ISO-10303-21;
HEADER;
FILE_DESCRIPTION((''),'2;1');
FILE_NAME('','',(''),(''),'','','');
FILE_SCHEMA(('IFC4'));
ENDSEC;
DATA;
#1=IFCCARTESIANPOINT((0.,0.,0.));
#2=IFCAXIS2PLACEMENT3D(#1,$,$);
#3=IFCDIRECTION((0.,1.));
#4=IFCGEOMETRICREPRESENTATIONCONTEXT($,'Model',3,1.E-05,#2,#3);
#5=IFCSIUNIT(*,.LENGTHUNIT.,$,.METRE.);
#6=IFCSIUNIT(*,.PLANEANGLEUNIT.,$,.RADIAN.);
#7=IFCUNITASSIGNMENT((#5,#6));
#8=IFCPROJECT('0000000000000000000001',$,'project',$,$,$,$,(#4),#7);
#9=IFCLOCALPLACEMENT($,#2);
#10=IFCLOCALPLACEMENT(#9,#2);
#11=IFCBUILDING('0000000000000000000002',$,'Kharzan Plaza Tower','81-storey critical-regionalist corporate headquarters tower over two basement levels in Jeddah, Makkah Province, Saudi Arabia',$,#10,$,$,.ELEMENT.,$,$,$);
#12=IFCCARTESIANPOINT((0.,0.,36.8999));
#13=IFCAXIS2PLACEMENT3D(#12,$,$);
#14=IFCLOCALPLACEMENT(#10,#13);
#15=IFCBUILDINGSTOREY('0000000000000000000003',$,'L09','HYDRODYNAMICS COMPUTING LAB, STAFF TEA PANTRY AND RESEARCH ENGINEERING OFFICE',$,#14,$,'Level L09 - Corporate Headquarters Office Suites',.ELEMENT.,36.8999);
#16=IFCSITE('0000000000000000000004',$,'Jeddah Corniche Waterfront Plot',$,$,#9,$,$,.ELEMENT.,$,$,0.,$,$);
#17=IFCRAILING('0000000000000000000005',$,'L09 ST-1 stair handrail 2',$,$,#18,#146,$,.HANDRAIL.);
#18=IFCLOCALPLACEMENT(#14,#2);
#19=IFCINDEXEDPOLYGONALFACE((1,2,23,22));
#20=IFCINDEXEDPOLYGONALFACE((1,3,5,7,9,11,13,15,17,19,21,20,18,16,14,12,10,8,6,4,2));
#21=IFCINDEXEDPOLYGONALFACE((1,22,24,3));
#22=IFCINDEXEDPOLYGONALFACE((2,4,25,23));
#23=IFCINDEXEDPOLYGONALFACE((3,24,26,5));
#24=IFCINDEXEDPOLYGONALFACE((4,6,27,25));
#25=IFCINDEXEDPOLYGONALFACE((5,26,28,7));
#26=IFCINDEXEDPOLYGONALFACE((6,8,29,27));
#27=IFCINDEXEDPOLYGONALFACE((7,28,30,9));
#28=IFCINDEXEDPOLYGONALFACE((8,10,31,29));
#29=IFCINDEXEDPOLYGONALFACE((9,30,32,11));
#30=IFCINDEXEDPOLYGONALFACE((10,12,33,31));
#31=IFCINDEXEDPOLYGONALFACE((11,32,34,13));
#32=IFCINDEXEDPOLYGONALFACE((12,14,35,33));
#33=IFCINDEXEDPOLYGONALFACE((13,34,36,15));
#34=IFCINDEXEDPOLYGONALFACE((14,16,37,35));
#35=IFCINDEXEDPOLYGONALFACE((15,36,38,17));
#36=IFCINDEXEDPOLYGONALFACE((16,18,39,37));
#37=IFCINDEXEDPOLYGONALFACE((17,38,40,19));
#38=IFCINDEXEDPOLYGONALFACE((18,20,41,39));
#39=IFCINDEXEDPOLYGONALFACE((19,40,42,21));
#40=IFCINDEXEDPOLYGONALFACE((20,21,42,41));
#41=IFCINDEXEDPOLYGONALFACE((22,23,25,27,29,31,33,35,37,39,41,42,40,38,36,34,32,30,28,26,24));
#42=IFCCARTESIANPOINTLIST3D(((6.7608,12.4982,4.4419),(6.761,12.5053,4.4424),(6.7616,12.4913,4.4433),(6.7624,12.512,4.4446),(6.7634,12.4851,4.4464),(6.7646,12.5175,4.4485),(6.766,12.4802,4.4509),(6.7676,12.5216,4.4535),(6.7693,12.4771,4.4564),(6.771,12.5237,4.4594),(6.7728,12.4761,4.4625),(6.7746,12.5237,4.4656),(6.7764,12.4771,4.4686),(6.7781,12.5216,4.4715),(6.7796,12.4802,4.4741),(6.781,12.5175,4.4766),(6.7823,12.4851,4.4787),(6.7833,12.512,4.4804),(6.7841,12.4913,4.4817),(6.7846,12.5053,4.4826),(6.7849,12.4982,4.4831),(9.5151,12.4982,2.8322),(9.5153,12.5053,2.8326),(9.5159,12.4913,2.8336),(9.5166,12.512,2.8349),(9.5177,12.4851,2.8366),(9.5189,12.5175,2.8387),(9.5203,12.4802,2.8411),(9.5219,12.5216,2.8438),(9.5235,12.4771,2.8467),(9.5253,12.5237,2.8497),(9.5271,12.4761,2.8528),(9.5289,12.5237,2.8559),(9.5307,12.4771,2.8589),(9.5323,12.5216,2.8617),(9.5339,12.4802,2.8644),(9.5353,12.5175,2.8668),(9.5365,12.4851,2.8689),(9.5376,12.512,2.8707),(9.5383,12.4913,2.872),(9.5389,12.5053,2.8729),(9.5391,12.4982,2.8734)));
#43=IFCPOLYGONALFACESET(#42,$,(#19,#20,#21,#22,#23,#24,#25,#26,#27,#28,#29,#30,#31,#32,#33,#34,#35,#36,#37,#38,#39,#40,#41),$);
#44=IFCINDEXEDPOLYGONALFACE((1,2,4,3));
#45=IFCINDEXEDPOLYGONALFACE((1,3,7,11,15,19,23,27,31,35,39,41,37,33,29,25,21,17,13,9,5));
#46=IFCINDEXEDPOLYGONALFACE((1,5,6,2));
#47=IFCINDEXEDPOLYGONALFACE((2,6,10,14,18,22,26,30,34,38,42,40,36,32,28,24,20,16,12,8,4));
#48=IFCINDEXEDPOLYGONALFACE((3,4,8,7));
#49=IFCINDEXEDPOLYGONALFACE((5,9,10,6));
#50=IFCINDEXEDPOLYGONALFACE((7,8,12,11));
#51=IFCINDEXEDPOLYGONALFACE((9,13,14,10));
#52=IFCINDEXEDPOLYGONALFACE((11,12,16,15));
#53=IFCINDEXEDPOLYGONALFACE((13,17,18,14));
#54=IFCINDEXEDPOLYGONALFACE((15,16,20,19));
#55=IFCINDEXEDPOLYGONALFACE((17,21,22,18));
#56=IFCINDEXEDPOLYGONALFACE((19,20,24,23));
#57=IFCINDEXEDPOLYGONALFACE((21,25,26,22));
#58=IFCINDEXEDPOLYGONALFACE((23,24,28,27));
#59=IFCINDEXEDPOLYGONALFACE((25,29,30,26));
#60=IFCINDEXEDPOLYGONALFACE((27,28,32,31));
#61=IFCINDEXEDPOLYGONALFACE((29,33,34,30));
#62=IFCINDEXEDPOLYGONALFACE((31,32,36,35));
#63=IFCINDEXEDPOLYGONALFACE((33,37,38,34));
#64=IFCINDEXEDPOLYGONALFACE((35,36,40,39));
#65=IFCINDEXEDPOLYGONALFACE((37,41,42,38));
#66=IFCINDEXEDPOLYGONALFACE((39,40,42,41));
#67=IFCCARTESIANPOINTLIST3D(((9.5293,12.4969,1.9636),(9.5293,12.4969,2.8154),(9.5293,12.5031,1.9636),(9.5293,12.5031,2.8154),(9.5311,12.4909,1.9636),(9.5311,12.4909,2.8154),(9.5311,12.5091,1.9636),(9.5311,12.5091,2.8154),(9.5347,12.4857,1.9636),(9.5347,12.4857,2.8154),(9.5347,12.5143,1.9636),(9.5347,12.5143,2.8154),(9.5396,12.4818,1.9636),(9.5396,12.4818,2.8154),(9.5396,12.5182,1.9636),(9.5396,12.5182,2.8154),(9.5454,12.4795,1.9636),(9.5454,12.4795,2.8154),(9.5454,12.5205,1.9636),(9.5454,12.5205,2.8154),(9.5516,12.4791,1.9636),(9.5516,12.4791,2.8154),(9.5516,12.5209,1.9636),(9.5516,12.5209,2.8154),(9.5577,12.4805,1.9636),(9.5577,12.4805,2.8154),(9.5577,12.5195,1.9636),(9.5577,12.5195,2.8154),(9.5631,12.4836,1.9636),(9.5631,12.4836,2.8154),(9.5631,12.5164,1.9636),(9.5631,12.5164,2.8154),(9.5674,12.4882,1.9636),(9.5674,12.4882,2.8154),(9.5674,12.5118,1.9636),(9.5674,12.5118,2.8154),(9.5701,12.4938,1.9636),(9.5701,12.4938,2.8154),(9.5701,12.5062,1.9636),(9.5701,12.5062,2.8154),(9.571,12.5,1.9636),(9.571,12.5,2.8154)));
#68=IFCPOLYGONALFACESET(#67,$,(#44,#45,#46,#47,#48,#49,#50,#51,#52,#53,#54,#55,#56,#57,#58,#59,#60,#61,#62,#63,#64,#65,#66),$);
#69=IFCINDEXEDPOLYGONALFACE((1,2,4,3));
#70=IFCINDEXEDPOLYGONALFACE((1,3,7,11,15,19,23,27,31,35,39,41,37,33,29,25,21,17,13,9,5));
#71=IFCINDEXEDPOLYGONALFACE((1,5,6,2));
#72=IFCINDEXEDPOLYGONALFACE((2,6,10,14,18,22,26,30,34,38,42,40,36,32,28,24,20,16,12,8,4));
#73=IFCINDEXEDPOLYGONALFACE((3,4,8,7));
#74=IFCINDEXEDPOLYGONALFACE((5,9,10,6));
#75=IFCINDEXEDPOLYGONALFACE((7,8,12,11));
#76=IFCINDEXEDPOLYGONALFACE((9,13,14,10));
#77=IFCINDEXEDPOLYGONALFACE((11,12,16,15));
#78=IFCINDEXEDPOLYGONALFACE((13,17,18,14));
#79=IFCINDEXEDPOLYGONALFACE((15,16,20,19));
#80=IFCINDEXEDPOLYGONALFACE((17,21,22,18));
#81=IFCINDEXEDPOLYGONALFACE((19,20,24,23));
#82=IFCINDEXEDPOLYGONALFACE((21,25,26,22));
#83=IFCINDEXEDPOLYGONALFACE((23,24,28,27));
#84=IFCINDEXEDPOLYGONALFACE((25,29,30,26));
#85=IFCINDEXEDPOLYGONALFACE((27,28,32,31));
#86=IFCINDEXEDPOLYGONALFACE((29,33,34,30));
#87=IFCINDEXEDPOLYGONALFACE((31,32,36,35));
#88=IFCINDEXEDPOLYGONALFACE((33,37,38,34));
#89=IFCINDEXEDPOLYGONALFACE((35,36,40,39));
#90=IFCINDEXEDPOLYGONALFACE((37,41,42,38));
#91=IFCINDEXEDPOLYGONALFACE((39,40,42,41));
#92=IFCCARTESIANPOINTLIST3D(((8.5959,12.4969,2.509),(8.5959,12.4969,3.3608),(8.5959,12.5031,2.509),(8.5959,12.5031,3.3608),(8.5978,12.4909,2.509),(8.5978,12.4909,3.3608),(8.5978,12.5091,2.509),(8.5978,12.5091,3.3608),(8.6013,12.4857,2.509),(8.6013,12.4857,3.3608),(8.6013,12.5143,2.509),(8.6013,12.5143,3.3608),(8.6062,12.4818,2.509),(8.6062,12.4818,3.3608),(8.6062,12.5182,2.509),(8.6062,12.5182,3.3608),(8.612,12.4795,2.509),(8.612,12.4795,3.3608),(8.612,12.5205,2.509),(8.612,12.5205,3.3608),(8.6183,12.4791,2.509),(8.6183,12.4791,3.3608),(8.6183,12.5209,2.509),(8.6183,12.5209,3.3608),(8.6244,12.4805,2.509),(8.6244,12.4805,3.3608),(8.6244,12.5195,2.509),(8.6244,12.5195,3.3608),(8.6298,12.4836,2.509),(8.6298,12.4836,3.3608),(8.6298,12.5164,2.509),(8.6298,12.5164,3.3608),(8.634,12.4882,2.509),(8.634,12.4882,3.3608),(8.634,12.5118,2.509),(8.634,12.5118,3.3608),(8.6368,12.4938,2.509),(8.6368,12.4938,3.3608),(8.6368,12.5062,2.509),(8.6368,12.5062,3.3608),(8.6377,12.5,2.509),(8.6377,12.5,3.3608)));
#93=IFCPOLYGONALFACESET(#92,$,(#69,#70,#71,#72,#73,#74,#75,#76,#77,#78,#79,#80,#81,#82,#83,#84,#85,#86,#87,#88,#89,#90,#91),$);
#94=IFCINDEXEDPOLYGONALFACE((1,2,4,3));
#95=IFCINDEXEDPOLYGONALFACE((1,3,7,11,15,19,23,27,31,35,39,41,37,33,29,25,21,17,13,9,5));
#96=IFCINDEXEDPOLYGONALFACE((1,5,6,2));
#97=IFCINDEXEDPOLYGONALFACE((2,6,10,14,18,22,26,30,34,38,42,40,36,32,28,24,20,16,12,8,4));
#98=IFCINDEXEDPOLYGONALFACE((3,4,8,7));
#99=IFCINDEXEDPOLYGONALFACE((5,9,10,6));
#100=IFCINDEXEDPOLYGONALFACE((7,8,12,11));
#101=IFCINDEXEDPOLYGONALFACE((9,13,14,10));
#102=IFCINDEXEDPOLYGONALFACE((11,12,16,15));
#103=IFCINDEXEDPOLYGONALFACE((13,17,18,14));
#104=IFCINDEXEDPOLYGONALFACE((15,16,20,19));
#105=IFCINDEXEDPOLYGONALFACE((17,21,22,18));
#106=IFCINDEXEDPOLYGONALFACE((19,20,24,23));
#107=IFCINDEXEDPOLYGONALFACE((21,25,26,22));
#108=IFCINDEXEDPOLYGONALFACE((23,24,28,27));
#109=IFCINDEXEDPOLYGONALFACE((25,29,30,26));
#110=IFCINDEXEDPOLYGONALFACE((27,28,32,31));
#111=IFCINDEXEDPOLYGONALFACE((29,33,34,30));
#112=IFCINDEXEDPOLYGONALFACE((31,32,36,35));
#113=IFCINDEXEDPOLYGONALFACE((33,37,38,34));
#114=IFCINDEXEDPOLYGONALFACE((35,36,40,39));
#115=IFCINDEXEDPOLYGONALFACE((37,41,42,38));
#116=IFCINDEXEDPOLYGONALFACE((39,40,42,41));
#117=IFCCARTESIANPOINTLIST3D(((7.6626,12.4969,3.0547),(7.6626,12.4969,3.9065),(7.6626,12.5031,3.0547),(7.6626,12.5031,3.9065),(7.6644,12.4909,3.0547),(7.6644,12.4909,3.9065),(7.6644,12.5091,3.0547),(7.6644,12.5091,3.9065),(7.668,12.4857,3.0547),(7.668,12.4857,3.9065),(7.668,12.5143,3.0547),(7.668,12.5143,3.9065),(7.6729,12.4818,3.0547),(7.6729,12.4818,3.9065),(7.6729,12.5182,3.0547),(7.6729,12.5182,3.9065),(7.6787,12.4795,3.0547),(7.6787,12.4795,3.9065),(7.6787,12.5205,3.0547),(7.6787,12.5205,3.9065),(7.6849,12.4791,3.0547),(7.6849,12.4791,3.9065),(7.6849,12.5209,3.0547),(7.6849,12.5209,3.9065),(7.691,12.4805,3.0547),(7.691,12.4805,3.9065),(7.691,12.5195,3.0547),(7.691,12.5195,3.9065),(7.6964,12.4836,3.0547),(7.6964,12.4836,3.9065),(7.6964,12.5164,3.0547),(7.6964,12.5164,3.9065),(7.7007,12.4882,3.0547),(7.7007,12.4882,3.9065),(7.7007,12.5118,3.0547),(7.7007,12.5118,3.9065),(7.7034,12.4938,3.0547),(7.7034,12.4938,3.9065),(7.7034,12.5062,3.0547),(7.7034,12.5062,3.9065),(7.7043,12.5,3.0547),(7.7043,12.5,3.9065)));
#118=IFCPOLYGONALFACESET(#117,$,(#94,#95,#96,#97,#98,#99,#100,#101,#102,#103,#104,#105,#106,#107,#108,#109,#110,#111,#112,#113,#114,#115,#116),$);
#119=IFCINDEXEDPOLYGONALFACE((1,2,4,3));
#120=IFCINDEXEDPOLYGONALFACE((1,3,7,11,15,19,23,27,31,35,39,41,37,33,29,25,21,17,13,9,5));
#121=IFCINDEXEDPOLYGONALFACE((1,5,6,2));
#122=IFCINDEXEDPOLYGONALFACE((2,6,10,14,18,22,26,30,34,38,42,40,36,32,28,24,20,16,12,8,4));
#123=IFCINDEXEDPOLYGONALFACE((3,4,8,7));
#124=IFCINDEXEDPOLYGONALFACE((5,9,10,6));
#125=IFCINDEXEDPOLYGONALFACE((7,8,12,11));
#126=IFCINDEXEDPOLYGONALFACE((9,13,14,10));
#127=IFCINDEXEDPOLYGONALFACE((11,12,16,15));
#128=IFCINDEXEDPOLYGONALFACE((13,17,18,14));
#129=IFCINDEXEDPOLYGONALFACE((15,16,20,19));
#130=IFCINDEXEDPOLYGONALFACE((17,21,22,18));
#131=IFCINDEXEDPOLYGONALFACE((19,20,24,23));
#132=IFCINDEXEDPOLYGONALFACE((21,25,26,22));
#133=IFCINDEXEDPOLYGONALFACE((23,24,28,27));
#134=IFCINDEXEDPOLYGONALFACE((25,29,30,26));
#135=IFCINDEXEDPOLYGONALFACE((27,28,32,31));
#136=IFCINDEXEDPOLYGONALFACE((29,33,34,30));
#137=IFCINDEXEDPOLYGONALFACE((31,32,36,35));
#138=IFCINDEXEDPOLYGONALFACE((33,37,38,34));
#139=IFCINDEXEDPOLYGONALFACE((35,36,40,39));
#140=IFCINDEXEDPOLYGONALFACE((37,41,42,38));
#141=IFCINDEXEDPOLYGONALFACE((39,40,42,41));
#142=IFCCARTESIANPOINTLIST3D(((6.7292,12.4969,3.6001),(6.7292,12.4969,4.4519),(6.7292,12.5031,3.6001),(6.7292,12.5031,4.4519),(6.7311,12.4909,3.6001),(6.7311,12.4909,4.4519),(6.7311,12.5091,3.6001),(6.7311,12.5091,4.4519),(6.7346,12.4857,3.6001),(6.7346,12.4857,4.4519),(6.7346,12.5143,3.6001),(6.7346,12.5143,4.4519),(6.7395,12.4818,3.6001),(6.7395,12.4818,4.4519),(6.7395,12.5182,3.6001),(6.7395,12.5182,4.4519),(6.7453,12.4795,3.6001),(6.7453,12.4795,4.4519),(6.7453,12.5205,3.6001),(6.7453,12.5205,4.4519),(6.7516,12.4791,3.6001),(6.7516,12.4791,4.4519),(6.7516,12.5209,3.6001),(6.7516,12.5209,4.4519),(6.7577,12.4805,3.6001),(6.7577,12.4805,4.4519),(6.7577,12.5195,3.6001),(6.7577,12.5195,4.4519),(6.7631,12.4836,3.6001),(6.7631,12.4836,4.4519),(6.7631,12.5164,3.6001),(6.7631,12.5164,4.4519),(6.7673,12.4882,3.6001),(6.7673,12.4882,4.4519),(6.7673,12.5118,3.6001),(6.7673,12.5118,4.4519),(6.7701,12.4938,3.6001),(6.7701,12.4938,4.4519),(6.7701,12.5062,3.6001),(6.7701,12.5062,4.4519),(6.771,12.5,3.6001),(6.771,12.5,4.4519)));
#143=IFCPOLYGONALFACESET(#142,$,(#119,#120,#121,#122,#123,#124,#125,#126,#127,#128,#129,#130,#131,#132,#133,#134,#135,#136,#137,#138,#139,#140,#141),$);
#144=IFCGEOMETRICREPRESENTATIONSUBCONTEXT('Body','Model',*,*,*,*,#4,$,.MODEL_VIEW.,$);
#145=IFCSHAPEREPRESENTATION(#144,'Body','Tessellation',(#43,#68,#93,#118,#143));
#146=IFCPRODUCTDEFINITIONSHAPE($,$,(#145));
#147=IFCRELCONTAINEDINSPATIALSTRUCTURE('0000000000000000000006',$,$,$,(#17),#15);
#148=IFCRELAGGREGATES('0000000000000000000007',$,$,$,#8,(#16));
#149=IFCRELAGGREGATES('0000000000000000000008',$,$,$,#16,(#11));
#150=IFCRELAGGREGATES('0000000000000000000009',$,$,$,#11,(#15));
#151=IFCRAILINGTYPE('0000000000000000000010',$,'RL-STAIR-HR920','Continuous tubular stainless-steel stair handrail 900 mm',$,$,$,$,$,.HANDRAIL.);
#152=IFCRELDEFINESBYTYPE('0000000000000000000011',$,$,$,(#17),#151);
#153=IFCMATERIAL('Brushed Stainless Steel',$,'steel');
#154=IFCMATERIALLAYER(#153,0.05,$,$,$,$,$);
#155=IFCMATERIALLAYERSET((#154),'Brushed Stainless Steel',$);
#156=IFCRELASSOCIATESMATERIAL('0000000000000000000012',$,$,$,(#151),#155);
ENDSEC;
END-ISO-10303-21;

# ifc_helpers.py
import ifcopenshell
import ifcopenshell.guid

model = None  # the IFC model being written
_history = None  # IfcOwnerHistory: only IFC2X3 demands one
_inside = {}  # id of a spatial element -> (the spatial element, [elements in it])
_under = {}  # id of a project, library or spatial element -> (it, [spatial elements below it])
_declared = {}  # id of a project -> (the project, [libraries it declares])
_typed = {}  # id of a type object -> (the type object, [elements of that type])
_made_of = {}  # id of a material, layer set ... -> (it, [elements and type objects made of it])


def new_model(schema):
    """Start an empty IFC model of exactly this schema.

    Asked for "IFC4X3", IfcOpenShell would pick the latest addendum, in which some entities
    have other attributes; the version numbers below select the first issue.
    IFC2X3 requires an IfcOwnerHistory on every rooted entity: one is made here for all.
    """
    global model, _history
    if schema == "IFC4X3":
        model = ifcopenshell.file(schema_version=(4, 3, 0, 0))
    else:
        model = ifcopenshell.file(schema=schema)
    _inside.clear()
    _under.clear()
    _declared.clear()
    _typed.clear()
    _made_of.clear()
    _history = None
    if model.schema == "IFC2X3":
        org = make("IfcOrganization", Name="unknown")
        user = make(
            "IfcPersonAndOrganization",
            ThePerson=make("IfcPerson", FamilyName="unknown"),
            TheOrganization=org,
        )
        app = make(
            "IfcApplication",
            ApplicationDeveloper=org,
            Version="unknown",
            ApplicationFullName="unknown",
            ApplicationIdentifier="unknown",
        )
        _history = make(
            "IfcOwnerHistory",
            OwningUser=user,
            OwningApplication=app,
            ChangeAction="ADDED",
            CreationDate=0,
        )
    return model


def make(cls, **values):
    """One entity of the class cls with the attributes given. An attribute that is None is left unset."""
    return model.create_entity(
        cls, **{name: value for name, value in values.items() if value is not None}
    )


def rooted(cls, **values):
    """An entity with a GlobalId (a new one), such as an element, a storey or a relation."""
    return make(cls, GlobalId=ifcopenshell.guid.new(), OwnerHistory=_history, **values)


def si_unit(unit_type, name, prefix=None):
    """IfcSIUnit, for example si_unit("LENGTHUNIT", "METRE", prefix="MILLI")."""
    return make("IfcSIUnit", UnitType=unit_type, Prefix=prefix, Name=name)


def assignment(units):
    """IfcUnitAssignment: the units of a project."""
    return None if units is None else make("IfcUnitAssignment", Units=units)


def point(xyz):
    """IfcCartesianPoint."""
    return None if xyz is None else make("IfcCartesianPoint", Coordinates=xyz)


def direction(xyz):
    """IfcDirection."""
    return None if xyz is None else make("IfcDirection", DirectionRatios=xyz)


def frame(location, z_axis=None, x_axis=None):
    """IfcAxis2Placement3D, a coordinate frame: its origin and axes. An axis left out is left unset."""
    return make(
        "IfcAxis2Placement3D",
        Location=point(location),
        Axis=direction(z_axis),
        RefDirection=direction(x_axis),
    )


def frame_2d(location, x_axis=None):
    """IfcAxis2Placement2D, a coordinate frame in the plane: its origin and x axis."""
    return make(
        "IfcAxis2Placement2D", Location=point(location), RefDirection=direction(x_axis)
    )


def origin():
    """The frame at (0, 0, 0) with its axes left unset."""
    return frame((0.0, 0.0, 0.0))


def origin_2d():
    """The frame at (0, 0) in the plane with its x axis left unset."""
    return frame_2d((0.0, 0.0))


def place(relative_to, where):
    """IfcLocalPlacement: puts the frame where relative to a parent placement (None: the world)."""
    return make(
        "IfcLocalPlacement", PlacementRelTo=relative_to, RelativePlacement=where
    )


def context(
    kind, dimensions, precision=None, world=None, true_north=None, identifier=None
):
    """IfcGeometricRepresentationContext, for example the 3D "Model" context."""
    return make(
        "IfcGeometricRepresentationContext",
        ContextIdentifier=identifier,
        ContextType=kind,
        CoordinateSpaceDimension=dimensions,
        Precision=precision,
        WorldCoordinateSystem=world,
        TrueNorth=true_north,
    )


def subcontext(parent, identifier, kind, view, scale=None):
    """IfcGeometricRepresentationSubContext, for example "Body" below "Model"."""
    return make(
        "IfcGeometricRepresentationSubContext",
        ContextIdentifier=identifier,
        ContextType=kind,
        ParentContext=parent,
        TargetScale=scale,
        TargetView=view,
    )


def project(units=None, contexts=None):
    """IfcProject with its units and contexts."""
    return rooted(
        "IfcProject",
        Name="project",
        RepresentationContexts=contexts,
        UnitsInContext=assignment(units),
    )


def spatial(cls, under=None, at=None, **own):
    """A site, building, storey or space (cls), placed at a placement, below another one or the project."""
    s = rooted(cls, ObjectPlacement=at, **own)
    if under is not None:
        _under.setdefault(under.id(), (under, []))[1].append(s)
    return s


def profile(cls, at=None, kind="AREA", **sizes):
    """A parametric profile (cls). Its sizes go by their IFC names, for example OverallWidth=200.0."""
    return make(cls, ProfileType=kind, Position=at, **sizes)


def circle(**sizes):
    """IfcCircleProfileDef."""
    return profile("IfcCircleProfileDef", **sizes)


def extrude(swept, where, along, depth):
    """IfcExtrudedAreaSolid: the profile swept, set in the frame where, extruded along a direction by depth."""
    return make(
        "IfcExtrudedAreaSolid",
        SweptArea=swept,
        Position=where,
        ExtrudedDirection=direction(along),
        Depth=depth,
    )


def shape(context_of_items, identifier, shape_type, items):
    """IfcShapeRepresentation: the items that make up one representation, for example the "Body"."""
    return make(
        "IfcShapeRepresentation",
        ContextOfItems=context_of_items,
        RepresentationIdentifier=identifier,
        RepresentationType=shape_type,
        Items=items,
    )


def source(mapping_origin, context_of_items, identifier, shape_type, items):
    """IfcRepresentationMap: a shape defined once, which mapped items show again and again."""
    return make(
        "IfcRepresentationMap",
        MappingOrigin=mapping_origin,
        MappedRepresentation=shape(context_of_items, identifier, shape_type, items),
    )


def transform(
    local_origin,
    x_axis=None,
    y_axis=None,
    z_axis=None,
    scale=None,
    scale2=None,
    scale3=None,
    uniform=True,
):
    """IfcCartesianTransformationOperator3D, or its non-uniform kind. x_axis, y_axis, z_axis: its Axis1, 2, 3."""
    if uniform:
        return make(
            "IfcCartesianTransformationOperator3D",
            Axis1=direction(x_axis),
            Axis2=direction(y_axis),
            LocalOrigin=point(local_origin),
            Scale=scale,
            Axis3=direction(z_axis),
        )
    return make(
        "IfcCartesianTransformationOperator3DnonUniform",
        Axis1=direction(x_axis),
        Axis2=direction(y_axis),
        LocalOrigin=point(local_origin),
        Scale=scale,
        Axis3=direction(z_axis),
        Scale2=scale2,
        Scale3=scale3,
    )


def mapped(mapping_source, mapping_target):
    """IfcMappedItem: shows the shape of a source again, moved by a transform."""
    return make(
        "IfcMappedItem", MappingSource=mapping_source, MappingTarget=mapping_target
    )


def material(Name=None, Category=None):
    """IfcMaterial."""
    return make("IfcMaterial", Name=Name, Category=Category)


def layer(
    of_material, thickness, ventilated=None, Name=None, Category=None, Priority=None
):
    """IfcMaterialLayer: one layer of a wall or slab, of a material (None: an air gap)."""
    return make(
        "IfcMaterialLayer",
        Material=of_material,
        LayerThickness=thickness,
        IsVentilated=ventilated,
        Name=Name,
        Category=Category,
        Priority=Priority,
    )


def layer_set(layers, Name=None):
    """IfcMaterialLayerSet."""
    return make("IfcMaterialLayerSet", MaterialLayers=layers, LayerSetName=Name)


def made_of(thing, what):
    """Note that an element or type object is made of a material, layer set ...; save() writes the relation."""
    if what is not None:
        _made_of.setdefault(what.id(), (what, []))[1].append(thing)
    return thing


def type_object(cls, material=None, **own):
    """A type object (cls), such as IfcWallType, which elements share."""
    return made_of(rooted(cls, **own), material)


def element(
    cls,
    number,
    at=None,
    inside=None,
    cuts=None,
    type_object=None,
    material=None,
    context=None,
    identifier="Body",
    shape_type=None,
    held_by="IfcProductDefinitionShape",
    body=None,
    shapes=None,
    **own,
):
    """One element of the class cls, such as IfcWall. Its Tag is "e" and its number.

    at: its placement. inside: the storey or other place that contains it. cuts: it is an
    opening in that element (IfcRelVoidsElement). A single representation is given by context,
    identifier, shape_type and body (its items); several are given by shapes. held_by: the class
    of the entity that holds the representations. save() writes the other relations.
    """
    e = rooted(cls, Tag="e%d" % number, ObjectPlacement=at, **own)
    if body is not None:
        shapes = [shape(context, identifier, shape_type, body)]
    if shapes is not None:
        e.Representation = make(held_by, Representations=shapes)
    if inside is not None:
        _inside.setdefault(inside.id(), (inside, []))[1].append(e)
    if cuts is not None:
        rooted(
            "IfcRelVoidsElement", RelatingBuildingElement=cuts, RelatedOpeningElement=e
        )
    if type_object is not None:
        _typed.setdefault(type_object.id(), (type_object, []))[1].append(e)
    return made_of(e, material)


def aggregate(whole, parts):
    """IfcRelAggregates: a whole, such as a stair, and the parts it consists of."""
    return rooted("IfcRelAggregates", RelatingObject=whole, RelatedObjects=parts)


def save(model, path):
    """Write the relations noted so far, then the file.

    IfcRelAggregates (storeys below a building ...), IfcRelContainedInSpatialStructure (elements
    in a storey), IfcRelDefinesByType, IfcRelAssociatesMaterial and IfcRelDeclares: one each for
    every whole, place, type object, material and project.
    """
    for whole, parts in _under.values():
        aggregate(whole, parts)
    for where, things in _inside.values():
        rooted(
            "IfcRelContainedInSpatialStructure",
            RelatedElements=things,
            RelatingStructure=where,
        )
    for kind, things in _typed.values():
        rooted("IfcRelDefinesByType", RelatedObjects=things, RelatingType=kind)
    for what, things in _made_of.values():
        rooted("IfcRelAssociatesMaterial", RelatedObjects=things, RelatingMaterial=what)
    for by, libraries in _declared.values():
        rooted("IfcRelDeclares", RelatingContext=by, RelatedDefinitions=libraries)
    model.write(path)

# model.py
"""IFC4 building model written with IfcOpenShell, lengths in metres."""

from ifc_helpers import new_model, si_unit, direction, frame, origin, origin_2d, place, context, subcontext, project, spatial, circle, extrude, source, transform, mapped, material, layer, layer_set, type_object, element, save


model = new_model("IFC4")

# Units and contexts
model_context = context("Model", 3, precision=1e-05, world=origin(), true_north=direction((0.0, 1.0)))
body_context = subcontext(model_context, "Body", "Model", "MODEL_VIEW")
ifc_project = project(units=[si_unit("LENGTHUNIT", "METRE"), si_unit("PLANEANGLEUNIT", "RADIAN")], contexts=[model_context])

# Site, building, storey
site_placement = place(None, origin())
site = spatial("IfcSite", under=ifc_project, at=site_placement, Name="Jeddah Corniche Waterfront Plot", CompositionType="ELEMENT", RefElevation=0.0)
building_placement = place(site_placement, origin())
building = spatial("IfcBuilding", under=site, at=building_placement, Name="Kharzan Plaza Tower", Description="81-storey critical-regionalist corporate headquarters tower over two basement levels in Jeddah, Makkah Province, Saudi Arabia", CompositionType="ELEMENT")
storey_placement = place(building_placement, frame((0.0, 0.0, 36.8999)))
storey = spatial("IfcBuildingStorey", under=building, at=storey_placement, Name="L09", Description="HYDRODYNAMICS COMPUTING LAB, STAFF TEA PANTRY AND RESEARCH ENGINEERING OFFICE", LongName="Level L09 - Corporate Headquarters Office Suites", CompositionType="ELEMENT", Elevation=36.8999)

# Shared definitions
ifc_material_1 = material(Name="Brushed Stainless Steel", Category="steel")

# Railing
ifc_layer_1 = layer(ifc_material_1, 0.05)
ifc_layer_set_1 = layer_set([ifc_layer_1], Name="Brushed Stainless Steel")
railing_type = type_object("IfcRailingType", Name="RL-STAIR-HR920", Description="Continuous tubular stainless-steel stair handrail 900 mm", PredefinedType="HANDRAIL", material=ifc_layer_set_1)
shared_shape_1 = source(origin(), body_context, "Body", "SweptSolid", [
    extrude(circle(Radius=0.0239, at=origin_2d()), frame((-0.0229, 0.0, 0.8892), z_axis=(-0.863361, 0.0, 0.504587), x_axis=(0.0, -1.0, 0.0)), (0.0, 0.0, 1.0), 3.1902),
    extrude(circle(Radius=0.021, at=origin_2d()), origin(), (0.0, 0.0, 1.0), 0.8518),
    extrude(circle(Radius=0.021, at=origin_2d()), frame((-0.9333, 0.0, 0.5454)), (0.0, 0.0, 1.0), 0.8518),
    extrude(circle(Radius=0.021, at=origin_2d()), frame((-1.8667, 0.0, 1.0911)), (0.0, 0.0, 1.0), 0.8518),
    extrude(circle(Radius=0.021, at=origin_2d()), frame((-2.8, 0.0, 1.6365)), (0.0, 0.0, 1.0), 0.8518),
])
railing_placement = place(storey_placement, frame((9.55, 12.5, 1.9636)))
element("IfcRailing", 1, at=railing_placement, inside=storey, type_object=railing_type, Name="L09 ST-1 stair handrail 2", PredefinedType="HANDRAIL", context=body_context, shape_type="MappedRepresentation", body=[
    mapped(shared_shape_1, transform((0.0, 0.0, 0.0), x_axis=(1.0, 0.0, 0.0), y_axis=(0.0, 1.0, 0.0), z_axis=(0.0, 0.0, 1.0))),
])

save(model, "model.ifc")
